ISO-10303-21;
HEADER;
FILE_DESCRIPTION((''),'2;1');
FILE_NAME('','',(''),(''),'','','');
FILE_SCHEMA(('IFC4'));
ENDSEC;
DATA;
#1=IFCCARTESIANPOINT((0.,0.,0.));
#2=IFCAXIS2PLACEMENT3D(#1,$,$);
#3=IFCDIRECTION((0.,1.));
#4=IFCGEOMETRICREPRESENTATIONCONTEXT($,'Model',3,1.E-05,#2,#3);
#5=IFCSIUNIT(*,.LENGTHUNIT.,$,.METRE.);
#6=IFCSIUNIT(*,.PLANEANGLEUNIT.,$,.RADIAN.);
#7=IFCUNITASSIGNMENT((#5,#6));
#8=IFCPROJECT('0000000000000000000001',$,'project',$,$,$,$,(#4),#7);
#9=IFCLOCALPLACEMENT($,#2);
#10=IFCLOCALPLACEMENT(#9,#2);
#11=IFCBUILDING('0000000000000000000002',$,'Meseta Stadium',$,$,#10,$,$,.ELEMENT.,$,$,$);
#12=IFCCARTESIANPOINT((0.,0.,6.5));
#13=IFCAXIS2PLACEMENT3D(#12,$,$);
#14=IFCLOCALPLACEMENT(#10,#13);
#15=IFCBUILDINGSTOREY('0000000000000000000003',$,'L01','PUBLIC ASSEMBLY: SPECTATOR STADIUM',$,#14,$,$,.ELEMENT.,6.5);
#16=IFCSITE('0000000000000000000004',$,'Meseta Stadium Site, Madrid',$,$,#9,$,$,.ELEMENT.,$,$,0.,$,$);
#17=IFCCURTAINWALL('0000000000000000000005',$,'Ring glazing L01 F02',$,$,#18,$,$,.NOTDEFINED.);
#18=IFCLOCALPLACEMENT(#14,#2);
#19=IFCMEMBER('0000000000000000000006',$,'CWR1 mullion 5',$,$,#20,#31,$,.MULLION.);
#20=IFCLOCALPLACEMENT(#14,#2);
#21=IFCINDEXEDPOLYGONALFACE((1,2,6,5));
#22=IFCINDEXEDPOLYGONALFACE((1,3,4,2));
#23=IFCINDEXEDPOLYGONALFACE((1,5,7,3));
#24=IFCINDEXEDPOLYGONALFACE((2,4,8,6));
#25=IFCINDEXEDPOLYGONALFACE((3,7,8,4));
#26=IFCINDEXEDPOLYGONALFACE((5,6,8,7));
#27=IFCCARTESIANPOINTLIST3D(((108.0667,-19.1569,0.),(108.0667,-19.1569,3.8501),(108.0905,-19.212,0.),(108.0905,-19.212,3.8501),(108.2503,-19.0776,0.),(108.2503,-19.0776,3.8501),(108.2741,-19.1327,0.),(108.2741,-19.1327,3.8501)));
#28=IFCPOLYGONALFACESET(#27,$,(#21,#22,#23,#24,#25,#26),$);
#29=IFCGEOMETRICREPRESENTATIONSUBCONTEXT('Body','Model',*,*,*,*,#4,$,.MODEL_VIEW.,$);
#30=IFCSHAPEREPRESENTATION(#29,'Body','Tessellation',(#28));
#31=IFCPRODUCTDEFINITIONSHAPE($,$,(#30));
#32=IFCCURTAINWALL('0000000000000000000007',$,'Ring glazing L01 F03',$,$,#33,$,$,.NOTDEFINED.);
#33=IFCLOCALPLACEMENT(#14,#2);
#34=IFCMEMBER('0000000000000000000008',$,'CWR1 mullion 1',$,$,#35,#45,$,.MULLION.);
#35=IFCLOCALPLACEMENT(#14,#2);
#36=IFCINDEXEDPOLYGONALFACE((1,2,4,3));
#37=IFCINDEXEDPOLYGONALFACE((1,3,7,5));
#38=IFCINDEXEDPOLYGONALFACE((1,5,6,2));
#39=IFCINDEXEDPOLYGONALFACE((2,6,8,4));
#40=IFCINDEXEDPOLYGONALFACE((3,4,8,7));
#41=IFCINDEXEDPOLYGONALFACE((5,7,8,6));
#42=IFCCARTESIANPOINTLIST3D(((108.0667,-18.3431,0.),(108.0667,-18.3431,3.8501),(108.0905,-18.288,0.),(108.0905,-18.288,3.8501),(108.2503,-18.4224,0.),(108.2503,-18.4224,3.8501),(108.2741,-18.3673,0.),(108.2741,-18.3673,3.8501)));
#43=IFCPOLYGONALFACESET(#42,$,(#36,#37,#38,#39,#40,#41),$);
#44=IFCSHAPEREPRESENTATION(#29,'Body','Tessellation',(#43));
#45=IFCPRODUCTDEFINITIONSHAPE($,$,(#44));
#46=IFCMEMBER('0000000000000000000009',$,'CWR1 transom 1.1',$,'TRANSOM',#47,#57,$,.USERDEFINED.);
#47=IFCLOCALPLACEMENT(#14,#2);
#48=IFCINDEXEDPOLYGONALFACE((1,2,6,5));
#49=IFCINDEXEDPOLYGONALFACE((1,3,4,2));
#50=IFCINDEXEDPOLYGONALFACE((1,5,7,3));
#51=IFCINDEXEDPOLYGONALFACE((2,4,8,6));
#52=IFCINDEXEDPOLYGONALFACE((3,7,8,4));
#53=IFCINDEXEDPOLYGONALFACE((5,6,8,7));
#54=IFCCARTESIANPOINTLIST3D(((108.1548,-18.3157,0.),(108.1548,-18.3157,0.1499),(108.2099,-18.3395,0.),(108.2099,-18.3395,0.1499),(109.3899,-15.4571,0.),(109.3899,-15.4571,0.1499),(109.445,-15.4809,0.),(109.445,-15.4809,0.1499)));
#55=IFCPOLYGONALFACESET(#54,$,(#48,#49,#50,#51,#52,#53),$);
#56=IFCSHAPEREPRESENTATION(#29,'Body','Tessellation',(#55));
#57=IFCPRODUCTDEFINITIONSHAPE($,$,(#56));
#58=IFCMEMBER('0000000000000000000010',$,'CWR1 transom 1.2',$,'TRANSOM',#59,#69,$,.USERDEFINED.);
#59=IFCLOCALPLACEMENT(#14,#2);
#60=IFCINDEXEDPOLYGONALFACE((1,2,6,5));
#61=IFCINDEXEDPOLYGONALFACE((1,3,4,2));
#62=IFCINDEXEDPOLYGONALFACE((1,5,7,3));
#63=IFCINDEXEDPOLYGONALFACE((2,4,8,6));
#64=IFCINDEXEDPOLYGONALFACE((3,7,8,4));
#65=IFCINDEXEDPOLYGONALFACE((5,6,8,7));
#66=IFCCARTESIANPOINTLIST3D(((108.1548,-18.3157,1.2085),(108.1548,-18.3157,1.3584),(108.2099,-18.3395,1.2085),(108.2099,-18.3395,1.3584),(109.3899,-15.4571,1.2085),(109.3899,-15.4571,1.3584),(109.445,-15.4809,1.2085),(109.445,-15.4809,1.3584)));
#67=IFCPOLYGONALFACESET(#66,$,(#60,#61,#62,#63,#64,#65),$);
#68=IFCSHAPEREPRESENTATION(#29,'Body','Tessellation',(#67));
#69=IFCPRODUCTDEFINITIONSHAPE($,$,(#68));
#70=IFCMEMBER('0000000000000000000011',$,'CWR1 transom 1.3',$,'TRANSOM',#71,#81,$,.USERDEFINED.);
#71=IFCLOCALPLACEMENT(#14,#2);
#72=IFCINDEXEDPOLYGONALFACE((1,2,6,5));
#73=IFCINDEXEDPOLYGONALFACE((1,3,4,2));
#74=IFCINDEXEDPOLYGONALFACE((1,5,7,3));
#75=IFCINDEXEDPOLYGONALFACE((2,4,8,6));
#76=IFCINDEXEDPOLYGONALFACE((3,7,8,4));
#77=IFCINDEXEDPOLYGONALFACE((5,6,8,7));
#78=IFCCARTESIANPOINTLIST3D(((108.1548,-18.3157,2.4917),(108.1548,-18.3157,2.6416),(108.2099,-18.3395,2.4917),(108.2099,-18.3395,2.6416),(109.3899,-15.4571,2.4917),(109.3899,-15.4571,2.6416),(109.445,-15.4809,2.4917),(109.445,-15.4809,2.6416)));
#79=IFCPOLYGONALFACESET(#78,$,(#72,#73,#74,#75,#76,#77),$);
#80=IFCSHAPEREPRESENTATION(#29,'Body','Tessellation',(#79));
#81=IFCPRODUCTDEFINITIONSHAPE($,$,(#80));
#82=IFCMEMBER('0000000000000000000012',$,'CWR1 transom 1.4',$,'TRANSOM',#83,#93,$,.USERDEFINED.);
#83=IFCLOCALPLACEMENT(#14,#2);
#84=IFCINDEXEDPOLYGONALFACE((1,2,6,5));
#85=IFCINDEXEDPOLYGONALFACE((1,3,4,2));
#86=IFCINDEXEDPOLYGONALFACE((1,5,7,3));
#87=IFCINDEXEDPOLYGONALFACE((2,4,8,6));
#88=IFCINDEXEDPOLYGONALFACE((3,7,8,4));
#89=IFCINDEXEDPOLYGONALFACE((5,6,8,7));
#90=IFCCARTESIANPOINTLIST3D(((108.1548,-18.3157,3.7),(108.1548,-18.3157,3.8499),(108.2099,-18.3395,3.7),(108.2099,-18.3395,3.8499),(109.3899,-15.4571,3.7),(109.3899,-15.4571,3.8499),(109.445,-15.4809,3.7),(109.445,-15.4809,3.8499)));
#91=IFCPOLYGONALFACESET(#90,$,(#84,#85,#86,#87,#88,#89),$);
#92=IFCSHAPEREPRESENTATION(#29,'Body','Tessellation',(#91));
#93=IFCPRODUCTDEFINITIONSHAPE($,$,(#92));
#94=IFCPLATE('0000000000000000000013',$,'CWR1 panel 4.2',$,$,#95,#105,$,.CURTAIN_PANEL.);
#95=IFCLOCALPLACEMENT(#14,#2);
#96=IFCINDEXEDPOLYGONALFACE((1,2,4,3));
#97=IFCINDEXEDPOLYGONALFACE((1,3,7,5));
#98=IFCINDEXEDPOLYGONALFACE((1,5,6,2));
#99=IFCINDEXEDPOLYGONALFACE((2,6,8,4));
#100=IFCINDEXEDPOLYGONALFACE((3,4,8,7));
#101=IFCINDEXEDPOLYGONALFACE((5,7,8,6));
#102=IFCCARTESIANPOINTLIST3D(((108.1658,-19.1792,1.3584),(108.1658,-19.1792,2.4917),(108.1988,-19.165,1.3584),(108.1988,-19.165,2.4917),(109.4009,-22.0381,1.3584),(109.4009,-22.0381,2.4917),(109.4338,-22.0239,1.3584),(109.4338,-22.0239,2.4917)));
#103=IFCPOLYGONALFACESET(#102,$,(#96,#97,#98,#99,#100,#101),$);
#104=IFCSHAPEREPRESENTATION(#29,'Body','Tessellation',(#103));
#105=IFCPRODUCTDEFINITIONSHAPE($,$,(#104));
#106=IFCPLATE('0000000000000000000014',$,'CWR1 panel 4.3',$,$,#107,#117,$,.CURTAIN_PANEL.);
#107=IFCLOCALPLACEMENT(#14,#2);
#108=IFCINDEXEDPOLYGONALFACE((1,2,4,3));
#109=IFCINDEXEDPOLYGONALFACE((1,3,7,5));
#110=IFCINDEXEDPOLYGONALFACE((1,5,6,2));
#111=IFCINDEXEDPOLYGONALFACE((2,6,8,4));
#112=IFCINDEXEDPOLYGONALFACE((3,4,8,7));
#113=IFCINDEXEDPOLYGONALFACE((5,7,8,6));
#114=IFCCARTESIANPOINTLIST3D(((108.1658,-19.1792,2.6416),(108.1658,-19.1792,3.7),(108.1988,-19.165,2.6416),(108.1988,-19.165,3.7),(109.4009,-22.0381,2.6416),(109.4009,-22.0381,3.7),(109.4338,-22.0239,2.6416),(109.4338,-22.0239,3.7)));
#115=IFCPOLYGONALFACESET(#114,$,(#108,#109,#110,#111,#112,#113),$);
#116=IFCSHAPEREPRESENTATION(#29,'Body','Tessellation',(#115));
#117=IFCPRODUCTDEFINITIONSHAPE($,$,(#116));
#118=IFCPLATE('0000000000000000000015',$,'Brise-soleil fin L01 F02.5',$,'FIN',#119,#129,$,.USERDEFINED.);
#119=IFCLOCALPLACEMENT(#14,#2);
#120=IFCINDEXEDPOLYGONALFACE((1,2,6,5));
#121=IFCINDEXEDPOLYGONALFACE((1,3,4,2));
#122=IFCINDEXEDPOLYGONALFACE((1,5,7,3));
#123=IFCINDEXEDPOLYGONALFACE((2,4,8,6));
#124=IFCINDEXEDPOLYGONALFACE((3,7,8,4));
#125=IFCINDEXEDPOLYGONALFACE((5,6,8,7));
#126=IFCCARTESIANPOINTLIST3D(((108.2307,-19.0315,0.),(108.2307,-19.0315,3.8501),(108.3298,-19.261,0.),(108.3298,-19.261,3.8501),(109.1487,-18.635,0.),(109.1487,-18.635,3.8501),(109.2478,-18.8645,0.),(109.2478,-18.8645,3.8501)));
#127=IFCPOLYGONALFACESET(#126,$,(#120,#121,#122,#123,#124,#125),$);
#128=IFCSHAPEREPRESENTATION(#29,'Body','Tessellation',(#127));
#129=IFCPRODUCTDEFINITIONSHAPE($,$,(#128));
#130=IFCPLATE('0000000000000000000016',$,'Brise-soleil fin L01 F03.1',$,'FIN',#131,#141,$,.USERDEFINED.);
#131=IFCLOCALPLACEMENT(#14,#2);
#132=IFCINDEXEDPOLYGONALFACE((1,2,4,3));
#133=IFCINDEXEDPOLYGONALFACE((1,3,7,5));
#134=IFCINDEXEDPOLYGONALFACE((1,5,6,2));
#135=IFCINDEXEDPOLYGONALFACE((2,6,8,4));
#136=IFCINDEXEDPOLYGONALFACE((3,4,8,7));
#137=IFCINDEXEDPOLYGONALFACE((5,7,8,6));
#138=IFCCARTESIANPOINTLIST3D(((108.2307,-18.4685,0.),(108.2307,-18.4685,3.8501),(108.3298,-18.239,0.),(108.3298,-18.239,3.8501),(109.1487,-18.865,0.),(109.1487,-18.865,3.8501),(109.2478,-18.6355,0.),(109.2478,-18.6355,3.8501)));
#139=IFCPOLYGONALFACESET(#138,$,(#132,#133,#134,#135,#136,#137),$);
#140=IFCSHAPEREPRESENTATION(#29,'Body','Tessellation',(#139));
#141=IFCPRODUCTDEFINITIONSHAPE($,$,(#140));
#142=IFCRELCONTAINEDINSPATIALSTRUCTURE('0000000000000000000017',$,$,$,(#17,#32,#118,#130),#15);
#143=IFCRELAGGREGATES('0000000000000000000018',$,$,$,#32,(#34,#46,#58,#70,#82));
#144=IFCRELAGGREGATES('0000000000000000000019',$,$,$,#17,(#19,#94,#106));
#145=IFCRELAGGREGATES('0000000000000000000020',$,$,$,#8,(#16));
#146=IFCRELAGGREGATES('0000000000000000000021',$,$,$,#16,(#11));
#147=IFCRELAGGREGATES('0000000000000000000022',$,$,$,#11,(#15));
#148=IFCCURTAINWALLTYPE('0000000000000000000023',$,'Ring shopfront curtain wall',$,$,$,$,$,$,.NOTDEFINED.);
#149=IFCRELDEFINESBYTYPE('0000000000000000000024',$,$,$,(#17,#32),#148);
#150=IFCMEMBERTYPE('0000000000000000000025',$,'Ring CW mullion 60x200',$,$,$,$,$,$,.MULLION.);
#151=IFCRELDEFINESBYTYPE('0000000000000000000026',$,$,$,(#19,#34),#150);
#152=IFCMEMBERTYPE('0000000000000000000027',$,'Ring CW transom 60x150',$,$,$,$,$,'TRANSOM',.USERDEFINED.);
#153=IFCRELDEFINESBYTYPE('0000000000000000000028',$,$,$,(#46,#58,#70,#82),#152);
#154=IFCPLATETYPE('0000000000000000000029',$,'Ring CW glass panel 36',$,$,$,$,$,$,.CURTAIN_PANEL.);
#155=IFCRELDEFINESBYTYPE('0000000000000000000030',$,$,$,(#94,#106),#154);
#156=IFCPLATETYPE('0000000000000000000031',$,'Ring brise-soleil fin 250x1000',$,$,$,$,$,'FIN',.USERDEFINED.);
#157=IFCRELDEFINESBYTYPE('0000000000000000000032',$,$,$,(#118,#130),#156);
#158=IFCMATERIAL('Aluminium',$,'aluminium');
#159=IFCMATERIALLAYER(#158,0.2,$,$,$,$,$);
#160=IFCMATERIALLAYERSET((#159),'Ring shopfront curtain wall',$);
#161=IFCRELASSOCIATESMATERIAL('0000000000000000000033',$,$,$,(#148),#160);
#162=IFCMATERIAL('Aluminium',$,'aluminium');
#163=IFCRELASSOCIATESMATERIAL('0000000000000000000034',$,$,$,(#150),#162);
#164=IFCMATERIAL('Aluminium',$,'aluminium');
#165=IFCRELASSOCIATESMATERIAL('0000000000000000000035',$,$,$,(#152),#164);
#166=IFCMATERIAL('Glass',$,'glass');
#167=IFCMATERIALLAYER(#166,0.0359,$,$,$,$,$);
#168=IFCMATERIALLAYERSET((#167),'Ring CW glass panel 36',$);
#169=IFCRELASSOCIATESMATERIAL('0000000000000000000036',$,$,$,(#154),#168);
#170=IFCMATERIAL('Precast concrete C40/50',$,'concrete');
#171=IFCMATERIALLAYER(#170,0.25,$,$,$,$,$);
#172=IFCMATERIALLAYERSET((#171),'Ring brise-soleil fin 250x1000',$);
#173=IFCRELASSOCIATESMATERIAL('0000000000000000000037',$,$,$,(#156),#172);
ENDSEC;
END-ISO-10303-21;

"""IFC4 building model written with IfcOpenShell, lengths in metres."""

from ifc_helpers import new_model, si_unit, direction, frame, origin, origin_2d, place, context, subcontext, project, spatial, rectangle, extrude, material, layer, layer_set, material_profile, profile_set, type_object, element, aggregate, save


model = new_model("IFC4")

# Units and contexts
model_context = context("Model", 3, precision=1e-05, world=origin(), true_north=direction((0.0, 1.0)))
body_context = subcontext(model_context, "Body", "Model", "MODEL_VIEW")
ifc_project = project(units=[si_unit("LENGTHUNIT", "METRE"), si_unit("PLANEANGLEUNIT", "RADIAN")], contexts=[model_context])

# Site, building, storey
site_placement = place(None, origin())
site = spatial("IfcSite", under=ifc_project, at=site_placement, Name="Meseta Stadium Site, Madrid", CompositionType="ELEMENT", RefElevation=0.0)
building_placement = place(site_placement, origin())
building = spatial("IfcBuilding", under=site, at=building_placement, Name="Meseta Stadium", CompositionType="ELEMENT")
storey_placement = place(building_placement, frame((0.0, 0.0, 6.5)))
storey = spatial("IfcBuildingStorey", under=building, at=storey_placement, Name="L01", Description="PUBLIC ASSEMBLY: SPECTATOR STADIUM", CompositionType="ELEMENT", Elevation=6.5)

# Curtain wall, member
ifc_material_1 = material(Name="Aluminium", Category="aluminium")
ifc_layer_1 = layer(ifc_material_1, 0.2)
ifc_layer_set_1 = layer_set([ifc_layer_1], Name="Ring shopfront curtain wall")
curtain_wall_type = type_object("IfcCurtainWallType", Name="Ring shopfront curtain wall", PredefinedType="NOTDEFINED", material=ifc_layer_set_1)
curtain_wall_1_placement = place(storey_placement, origin())
curtain_wall_1 = element("IfcCurtainWall", 1, at=curtain_wall_1_placement, inside=storey, type_object=curtain_wall_type, Name="Ring glazing L01 F02", PredefinedType="NOTDEFINED")
ifc_material_2 = material(Name="Aluminium", Category="aluminium")
ifc_material_profile_1 = material_profile(ifc_material_2, rectangle(XDim=0.2, YDim=0.0601, at=origin_2d()), Name="CW 200x60")
ifc_profile_set_1 = profile_set([ifc_material_profile_1], Name="Aluminium")
member_type_1 = type_object("IfcMemberType", Name="Ring CW mullion 60x200", PredefinedType="MULLION", material=ifc_profile_set_1)
member_1_placement = place(storey_placement, frame((108.1704, -19.1448, 0.0), z_axis=(0.0, 0.0, 1.0), x_axis=(-0.918, -0.396581, 0.0)))
member_1 = element("IfcMember", 2, at=member_1_placement, type_object=member_type_1, Name="CWR1 mullion 5", PredefinedType="MULLION", context=body_context, shape_type="SweptSolid", body=[
    extrude(rectangle(XDim=0.2, YDim=0.0601, at=origin_2d()), origin(), (0.0, 0.0, 1.0), 3.8501),
])

# Curtain wall, members
curtain_wall_2_placement = place(storey_placement, origin())
curtain_wall_2 = element("IfcCurtainWall", 3, at=curtain_wall_2_placement, inside=storey, type_object=curtain_wall_type, Name="Ring glazing L01 F03", PredefinedType="NOTDEFINED")
member_2_placement = place(storey_placement, frame((108.1704, -18.3552, 0.0), z_axis=(0.0, 0.0, 1.0), x_axis=(-0.918, 0.396581, 0.0)))
member_2 = element("IfcMember", 4, at=member_2_placement, type_object=member_type_1, Name="CWR1 mullion 1", PredefinedType="MULLION", context=body_context, shape_type="SweptSolid", body=[
    extrude(rectangle(XDim=0.2, YDim=0.0601, at=origin_2d()), origin(), (0.0, 0.0, 1.0), 3.8501),
])
ifc_material_3 = material(Name="Aluminium", Category="aluminium")
ifc_material_profile_2 = material_profile(ifc_material_3, rectangle(XDim=0.0601, YDim=0.1499, at=origin_2d()), Name="CW 60x150")
ifc_profile_set_2 = profile_set([ifc_material_profile_2], Name="Aluminium")
member_type_2 = type_object("IfcMemberType", Name="Ring CW transom 60x150", ElementType="TRANSOM", PredefinedType="USERDEFINED", material=ifc_profile_set_2)
member_3_placement = place(storey_placement, frame((108.1824, -18.3276, 0.075), z_axis=(0.396624, 0.917981, 0.0), x_axis=(-0.917981, 0.396624, 0.0)))
member_3 = element("IfcMember", 5, at=member_3_placement, type_object=member_type_2, Name="CWR1 transom 1.1", ObjectType="TRANSOM", PredefinedType="USERDEFINED", context=body_context, shape_type="SweptSolid", body=[
    extrude(rectangle(XDim=0.0601, YDim=0.1499, at=origin_2d()), origin(), (0.0, 0.0, 1.0), 3.114),
])
member_4_placement = place(storey_placement, frame((108.1824, -18.3276, 1.2834), z_axis=(0.396624, 0.917981, 0.0), x_axis=(-0.917981, 0.396624, 0.0)))
member_4 = element("IfcMember", 6, at=member_4_placement, type_object=member_type_2, Name="CWR1 transom 1.2", ObjectType="TRANSOM", PredefinedType="USERDEFINED", context=body_context, shape_type="SweptSolid", body=[
    extrude(rectangle(XDim=0.0601, YDim=0.1499, at=origin_2d()), origin(), (0.0, 0.0, 1.0), 3.114),
])
member_5_placement = place(storey_placement, frame((108.1824, -18.3276, 2.5667), z_axis=(0.396624, 0.917981, 0.0), x_axis=(-0.917981, 0.396624, 0.0)))
member_5 = element("IfcMember", 7, at=member_5_placement, type_object=member_type_2, Name="CWR1 transom 1.3", ObjectType="TRANSOM", PredefinedType="USERDEFINED", context=body_context, shape_type="SweptSolid", body=[
    extrude(rectangle(XDim=0.0601, YDim=0.1499, at=origin_2d()), origin(), (0.0, 0.0, 1.0), 3.114),
])
member_6_placement = place(storey_placement, frame((108.1824, -18.3276, 3.7749), z_axis=(0.396624, 0.917981, 0.0), x_axis=(-0.917981, 0.396624, 0.0)))
member_6 = element("IfcMember", 8, at=member_6_placement, type_object=member_type_2, Name="CWR1 transom 1.4", ObjectType="TRANSOM", PredefinedType="USERDEFINED", context=body_context, shape_type="SweptSolid", body=[
    extrude(rectangle(XDim=0.0601, YDim=0.1499, at=origin_2d()), origin(), (0.0, 0.0, 1.0), 3.114),
])
aggregate(curtain_wall_2, [member_2, member_3, member_4, member_5, member_6])

# Plates
ifc_material_4 = material(Name="Glass", Category="glass")
ifc_layer_2 = layer(ifc_material_4, 0.0359)
ifc_layer_set_2 = layer_set([ifc_layer_2], Name="Ring CW glass panel 36")
plate_type_1 = type_object("IfcPlateType", Name="Ring CW glass panel 36", PredefinedType="CURTAIN_PANEL", material=ifc_layer_set_2)
plate_1_placement = place(storey_placement, frame((108.7998, -20.6016, 1.3584), z_axis=(0.0, 0.0, 1.0), x_axis=(-0.396581, 0.918, 0.0)))
plate_1 = element("IfcPlate", 9, at=plate_1_placement, type_object=plate_type_1, Name="CWR1 panel 4.2", PredefinedType="CURTAIN_PANEL", context=body_context, shape_type="SweptSolid", body=[
    extrude(rectangle(XDim=3.1143, YDim=0.0359, at=origin_2d()), origin(), (0.0, 0.0, 1.0), 1.1333),
])
plate_2_placement = place(storey_placement, frame((108.7998, -20.6016, 2.6416), z_axis=(0.0, 0.0, 1.0), x_axis=(-0.396581, 0.918, 0.0)))
plate_2 = element("IfcPlate", 10, at=plate_2_placement, type_object=plate_type_1, Name="CWR1 panel 4.3", PredefinedType="CURTAIN_PANEL", context=body_context, shape_type="SweptSolid", body=[
    extrude(rectangle(XDim=3.1143, YDim=0.0359, at=origin_2d()), origin(), (0.0, 0.0, 1.0), 1.0583),
])
aggregate(curtain_wall_1, [member_1, plate_1, plate_2])

# Plates
ifc_material_5 = material(Name="Precast concrete C40/50", Category="concrete")
ifc_layer_3 = layer(ifc_material_5, 0.25)
ifc_layer_set_3 = layer_set([ifc_layer_3], Name="Ring brise-soleil fin 250x1000")
plate_type_2 = type_object("IfcPlateType", Name="Ring brise-soleil fin 250x1000", ElementType="FIN", PredefinedType="USERDEFINED", material=ifc_layer_set_3)
for number, where, z_axis, x_axis, name in (
    (11, (108.7393, -18.948, 0.0), (0.0, 0.0, 1.0), (-0.396576, 0.918002, 0.0), "Brise-soleil fin L01 F02.5"),
    (12, (108.7393, -18.552, 0.0), (0.0, 0.0, 1.0), (0.396576, 0.918002, 0.0), "Brise-soleil fin L01 F03.1"),
):
    element("IfcPlate", number, at=place(storey_placement, frame(where, z_axis=z_axis, x_axis=x_axis)), inside=storey, type_object=plate_type_2, Name=name, ObjectType="FIN", PredefinedType="USERDEFINED", context=body_context, shape_type="SweptSolid", body=[
        extrude(rectangle(XDim=0.25, YDim=1.0, at=origin_2d()), origin(), (0.0, 0.0, 1.0), 3.8501),
    ])

save(model, "model.ifc")
